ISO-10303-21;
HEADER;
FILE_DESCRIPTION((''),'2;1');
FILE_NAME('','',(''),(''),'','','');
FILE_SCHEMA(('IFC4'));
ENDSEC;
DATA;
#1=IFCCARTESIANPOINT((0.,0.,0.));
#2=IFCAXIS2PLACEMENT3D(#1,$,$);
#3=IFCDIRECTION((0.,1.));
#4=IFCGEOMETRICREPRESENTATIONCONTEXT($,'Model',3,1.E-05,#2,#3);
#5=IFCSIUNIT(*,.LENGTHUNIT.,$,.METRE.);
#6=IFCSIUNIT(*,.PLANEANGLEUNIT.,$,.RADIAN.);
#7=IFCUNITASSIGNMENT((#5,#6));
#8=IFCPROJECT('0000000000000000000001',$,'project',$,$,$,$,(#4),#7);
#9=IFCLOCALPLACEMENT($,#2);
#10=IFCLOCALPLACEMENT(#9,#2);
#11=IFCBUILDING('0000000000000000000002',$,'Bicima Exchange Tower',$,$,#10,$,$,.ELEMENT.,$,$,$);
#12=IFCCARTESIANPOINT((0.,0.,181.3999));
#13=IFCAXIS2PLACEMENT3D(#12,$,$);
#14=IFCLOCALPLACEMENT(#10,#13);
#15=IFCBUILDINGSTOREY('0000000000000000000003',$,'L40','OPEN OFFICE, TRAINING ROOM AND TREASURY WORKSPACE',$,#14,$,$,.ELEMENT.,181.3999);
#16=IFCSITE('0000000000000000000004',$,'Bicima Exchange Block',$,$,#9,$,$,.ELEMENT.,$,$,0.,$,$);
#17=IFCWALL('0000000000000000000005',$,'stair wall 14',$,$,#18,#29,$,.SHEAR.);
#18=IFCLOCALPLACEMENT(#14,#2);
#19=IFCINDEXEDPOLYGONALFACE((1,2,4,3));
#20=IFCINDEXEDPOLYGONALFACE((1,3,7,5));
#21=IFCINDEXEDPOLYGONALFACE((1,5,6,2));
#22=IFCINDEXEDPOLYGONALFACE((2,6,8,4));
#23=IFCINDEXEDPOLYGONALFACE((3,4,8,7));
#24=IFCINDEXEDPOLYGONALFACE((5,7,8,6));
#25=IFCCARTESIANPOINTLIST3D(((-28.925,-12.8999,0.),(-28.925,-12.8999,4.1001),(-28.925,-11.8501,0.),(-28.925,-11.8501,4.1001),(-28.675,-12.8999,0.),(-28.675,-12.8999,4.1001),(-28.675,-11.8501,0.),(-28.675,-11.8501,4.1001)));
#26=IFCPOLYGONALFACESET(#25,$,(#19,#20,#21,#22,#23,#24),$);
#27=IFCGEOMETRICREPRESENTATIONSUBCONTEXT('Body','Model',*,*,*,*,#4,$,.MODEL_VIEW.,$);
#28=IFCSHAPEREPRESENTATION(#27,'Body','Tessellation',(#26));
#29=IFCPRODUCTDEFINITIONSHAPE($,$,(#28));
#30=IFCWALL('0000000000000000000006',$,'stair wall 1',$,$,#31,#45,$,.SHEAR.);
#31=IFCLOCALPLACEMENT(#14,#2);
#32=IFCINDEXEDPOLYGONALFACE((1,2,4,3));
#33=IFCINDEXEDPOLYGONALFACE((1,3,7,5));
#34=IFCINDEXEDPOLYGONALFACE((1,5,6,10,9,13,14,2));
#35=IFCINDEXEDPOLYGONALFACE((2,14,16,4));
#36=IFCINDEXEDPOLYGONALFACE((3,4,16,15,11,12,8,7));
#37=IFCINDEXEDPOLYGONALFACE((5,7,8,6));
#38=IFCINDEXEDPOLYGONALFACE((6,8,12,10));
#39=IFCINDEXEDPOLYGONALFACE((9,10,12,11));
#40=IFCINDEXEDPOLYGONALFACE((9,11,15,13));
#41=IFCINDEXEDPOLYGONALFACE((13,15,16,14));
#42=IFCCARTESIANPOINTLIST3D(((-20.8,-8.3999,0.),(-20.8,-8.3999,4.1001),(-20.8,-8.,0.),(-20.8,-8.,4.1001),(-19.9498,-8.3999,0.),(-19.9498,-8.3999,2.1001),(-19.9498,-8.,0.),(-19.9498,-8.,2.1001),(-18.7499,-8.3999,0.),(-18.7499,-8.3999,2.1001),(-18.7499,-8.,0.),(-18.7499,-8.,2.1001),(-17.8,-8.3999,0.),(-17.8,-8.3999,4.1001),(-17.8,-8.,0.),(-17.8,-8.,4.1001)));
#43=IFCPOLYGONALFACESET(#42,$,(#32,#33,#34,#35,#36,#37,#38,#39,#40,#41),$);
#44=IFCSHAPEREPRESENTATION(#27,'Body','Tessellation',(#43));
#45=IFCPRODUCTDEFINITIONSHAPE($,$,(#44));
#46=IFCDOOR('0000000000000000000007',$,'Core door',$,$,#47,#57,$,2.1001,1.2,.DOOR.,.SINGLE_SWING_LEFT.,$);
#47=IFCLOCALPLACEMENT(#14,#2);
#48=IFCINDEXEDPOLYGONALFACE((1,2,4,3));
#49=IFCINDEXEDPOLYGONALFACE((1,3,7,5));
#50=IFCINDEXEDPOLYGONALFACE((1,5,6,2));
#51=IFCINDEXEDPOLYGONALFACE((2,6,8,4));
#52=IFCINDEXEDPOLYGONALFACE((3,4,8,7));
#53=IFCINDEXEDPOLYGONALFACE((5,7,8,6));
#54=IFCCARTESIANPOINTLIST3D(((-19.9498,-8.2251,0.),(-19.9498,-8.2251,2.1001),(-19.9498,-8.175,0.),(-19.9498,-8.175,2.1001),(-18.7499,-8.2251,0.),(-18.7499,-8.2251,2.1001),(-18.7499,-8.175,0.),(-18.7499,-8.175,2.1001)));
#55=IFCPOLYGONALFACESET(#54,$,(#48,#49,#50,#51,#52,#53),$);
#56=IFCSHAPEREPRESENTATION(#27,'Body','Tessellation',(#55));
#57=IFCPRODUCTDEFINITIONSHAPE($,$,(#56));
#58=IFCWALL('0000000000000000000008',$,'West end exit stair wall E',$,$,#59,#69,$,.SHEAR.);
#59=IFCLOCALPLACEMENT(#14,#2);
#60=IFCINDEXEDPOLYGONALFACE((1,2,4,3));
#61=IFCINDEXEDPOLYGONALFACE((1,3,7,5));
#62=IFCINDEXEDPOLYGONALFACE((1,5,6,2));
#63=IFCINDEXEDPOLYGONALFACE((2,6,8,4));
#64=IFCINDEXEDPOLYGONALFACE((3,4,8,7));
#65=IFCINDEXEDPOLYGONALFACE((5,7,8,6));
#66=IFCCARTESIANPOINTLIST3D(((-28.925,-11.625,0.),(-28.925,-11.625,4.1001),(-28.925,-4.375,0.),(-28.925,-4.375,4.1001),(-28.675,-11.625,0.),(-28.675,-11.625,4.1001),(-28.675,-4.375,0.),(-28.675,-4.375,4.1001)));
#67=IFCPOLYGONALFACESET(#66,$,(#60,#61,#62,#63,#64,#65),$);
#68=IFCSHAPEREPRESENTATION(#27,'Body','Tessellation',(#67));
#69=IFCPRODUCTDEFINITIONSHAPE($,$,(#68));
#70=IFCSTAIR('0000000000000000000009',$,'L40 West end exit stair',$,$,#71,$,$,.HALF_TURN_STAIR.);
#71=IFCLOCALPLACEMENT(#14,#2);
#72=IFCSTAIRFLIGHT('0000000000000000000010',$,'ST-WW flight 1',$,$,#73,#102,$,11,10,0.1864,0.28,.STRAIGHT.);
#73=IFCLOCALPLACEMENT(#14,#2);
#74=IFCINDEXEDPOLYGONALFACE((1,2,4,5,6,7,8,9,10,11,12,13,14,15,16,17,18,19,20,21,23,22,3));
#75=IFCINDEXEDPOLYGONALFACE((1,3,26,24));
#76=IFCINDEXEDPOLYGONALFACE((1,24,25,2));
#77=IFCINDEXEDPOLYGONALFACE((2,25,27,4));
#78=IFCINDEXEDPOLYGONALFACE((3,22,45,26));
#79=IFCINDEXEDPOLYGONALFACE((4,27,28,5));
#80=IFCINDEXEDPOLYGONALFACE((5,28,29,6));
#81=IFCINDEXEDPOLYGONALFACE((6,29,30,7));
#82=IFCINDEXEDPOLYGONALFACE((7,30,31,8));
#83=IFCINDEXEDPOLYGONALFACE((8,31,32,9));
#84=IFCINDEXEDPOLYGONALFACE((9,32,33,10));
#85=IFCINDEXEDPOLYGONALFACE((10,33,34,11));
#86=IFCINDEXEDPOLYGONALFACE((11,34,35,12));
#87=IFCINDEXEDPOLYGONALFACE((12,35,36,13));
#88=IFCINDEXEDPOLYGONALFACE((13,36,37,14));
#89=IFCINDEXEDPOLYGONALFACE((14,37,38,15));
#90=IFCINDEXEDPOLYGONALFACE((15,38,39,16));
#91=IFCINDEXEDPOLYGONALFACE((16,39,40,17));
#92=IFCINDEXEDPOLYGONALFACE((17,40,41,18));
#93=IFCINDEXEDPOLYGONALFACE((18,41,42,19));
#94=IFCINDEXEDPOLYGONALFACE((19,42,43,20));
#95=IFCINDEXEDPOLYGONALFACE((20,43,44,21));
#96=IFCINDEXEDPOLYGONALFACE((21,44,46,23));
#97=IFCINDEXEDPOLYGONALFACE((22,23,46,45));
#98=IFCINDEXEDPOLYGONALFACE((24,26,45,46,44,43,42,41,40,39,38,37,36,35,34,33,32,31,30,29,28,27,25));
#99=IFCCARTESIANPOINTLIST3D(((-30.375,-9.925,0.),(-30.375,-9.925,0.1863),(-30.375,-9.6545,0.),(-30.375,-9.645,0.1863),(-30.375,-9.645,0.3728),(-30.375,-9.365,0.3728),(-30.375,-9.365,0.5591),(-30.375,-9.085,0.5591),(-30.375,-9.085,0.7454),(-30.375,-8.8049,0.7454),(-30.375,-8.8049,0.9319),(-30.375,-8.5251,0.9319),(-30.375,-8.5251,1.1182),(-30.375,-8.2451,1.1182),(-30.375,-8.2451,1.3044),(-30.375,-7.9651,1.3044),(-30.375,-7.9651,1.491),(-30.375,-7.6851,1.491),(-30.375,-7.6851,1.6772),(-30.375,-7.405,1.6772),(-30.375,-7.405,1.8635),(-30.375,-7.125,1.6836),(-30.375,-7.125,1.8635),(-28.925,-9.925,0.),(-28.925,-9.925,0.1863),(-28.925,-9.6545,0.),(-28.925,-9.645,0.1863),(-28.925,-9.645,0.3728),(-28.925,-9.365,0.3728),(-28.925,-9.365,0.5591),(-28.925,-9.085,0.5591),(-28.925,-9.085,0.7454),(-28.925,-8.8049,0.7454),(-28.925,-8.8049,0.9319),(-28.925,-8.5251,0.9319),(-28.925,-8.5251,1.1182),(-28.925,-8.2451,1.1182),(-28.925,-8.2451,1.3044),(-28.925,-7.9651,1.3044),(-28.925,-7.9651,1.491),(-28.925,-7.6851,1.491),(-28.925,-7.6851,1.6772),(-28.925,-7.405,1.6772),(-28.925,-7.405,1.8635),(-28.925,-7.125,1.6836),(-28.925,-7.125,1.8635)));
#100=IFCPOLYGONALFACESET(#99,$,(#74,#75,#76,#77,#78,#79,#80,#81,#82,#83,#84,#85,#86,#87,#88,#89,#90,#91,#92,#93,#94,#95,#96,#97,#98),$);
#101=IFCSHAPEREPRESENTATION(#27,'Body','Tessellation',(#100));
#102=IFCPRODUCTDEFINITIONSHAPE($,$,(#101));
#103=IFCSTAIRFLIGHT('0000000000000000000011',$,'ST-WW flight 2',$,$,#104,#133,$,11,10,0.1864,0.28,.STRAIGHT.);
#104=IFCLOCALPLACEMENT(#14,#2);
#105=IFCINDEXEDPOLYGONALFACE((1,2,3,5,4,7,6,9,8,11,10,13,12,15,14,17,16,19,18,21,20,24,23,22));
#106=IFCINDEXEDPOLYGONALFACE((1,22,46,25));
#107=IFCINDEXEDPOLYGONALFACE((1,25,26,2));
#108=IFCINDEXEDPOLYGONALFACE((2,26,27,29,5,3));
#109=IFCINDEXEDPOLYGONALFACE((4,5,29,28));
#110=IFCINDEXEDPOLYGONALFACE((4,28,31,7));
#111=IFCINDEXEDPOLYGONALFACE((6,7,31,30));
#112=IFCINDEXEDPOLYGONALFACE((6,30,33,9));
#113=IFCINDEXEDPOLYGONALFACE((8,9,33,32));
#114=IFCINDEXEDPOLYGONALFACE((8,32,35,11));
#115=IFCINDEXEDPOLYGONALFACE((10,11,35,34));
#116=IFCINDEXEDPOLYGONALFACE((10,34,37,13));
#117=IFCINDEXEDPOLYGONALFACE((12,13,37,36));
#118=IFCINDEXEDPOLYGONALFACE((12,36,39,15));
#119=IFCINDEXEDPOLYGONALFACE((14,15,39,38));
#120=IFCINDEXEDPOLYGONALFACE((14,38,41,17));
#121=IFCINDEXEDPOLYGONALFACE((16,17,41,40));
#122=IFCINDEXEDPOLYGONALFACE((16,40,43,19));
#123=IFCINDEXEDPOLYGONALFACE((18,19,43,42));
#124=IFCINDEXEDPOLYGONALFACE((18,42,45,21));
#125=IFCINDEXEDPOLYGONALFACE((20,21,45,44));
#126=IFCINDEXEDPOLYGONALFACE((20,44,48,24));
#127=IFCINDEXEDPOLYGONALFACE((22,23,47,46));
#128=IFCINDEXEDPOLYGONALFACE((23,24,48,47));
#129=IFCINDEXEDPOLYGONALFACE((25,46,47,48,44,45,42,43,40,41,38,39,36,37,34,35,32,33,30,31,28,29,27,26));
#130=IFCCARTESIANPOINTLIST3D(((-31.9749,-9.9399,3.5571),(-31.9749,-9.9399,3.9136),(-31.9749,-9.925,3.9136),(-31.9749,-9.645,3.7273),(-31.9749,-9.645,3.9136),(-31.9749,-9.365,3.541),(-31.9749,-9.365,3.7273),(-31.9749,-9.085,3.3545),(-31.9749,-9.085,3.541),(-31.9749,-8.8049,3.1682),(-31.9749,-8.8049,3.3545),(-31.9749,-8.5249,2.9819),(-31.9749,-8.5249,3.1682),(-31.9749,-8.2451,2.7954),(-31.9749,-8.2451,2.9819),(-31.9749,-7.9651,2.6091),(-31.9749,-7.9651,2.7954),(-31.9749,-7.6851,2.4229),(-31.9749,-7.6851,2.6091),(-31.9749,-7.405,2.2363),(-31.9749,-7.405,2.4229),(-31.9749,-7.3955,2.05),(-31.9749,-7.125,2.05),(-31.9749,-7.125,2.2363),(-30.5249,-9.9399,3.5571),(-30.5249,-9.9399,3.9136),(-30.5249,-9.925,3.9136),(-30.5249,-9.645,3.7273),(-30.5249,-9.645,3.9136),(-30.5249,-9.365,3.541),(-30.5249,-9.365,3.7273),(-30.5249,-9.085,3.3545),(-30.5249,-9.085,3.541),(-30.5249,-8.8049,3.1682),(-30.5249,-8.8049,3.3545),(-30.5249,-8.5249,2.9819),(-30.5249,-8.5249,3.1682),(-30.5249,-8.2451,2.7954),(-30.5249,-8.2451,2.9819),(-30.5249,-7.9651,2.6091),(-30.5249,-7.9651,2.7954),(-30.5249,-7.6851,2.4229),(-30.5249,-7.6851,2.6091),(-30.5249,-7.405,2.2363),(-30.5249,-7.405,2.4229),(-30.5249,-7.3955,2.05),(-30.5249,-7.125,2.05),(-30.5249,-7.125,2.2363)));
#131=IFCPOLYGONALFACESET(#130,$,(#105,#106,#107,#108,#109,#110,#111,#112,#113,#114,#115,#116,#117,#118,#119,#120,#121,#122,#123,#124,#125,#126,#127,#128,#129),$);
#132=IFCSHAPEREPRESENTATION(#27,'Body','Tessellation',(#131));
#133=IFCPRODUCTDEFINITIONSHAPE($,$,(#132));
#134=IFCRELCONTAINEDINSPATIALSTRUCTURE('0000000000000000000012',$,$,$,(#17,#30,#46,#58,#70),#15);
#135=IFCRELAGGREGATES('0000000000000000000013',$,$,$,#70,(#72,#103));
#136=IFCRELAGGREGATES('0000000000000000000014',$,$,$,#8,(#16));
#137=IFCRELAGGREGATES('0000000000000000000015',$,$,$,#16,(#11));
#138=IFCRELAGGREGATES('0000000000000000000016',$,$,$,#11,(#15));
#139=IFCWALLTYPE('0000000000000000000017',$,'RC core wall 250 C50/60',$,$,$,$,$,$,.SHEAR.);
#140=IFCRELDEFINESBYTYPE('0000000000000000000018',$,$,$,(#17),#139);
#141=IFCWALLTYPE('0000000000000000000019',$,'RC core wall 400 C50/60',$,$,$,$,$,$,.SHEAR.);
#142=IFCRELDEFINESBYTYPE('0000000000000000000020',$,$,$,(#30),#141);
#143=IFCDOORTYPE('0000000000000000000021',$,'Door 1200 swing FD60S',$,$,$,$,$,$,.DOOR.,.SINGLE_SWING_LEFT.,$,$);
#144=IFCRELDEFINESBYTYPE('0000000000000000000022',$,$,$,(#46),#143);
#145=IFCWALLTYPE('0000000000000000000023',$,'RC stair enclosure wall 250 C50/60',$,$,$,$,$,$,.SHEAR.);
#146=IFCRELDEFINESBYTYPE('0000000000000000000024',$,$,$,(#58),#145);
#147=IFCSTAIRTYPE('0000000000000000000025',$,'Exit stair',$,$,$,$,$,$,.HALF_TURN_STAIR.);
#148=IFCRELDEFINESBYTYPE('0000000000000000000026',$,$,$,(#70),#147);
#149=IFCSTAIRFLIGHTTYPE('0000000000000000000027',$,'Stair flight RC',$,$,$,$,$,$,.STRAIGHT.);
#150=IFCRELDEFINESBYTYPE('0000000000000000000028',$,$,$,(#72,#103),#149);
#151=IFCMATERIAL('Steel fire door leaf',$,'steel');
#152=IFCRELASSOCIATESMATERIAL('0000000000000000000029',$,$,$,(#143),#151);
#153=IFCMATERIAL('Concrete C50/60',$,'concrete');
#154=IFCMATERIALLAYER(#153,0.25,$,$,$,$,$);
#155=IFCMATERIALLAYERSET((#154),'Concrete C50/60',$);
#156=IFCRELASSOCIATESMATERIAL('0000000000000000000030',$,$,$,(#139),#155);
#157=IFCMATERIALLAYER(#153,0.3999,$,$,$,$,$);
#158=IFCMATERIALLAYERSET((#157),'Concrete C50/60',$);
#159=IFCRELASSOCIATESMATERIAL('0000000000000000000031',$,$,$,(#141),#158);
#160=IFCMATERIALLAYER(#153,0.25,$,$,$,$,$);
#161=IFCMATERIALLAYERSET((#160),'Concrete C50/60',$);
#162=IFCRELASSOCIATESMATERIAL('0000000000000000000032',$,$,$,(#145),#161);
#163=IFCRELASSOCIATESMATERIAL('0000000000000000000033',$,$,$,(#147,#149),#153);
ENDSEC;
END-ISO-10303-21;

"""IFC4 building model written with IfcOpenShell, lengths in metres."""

from ifc_helpers import new_model, si_unit, direction, frame, frame_2d, origin, place, context, subcontext, project, spatial, polyline, rectangle, outline, extrude, material, layer, layer_set, type_object, element, fill, aggregate, save


model = new_model("IFC4")

# Units and contexts
model_context = context("Model", 3, precision=1e-05, world=origin(), true_north=direction((0.0, 1.0)))
body_context = subcontext(model_context, "Body", "Model", "MODEL_VIEW")
ifc_project = project(units=[si_unit("LENGTHUNIT", "METRE"), si_unit("PLANEANGLEUNIT", "RADIAN")], contexts=[model_context])

# Site, building, storey
site_placement = place(None, origin())
site = spatial("IfcSite", under=ifc_project, at=site_placement, Name="Bicima Exchange Block", CompositionType="ELEMENT", RefElevation=0.0)
building_placement = place(site_placement, origin())
building = spatial("IfcBuilding", under=site, at=building_placement, Name="Bicima Exchange Tower", CompositionType="ELEMENT")
storey_placement = place(building_placement, frame((0.0, 0.0, 181.3999)))
storey = spatial("IfcBuildingStorey", under=building, at=storey_placement, Name="L40", Description="OPEN OFFICE, TRAINING ROOM AND TREASURY WORKSPACE", CompositionType="ELEMENT", Elevation=181.3999)

# Shared definitions
ifc_material_1 = material(Name="Concrete C50/60", Category="concrete")
ifc_material_2 = material(Name="Steel fire door leaf", Category="steel")
door_type_1 = type_object("IfcDoorType", Name="Door 1200 swing FD60S", OperationType="SINGLE_SWING_LEFT", PredefinedType="DOOR", material=ifc_material_2)

# Wall
ifc_layer_1 = layer(ifc_material_1, 0.25)
ifc_layer_set_1 = layer_set([ifc_layer_1], Name="Concrete C50/60")
wall_type_1 = type_object("IfcWallType", Name="RC core wall 250 C50/60", PredefinedType="SHEAR", material=ifc_layer_set_1)
wall_1_placement = place(storey_placement, frame((-28.8, -12.8999, 0.0), z_axis=(0.0, 0.0, 1.0), x_axis=(0.0, 1.0, 0.0)))
element("IfcWall", 1, at=wall_1_placement, inside=storey, type_object=wall_type_1, Name="stair wall 14", PredefinedType="SHEAR", context=body_context, shape_type="SweptSolid", body=[
    extrude(rectangle(XDim=1.0498, YDim=0.25, at=frame_2d((0.5249, 0.0))), origin(), (0.0, 0.0, 1.0), 4.1001),
])

# Wall, opening, door
ifc_layer_2 = layer(ifc_material_1, 0.3999)
ifc_layer_set_2 = layer_set([ifc_layer_2], Name="Concrete C50/60")
wall_type_2 = type_object("IfcWallType", Name="RC core wall 400 C50/60", PredefinedType="SHEAR", material=ifc_layer_set_2)
wall_2_placement = place(storey_placement, frame((-20.8, -8.2, 0.0), z_axis=(0.0, 0.0, 1.0), x_axis=(1.0, 0.0, 0.0)))
wall_2 = element("IfcWall", 2, at=wall_2_placement, inside=storey, type_object=wall_type_2, Name="stair wall 1", PredefinedType="SHEAR", context=body_context, shape_type="SweptSolid", body=[
    extrude(rectangle(XDim=3.0, YDim=0.3999, at=frame_2d((1.5, 0.0))), origin(), (0.0, 0.0, 1.0), 4.1001),
])
opening_1_placement = place(wall_2_placement, frame((0.8501, 0.0, 0.0)))
opening_1 = element("IfcOpeningElement", 3, at=opening_1_placement, cuts=wall_2, PredefinedType="OPENING", context=body_context, shape_type="SweptSolid", body=[
    extrude(rectangle(XDim=1.2, YDim=2.1001, at=frame_2d((0.6001, 1.05))), frame((0.0, 0.2119, 0.0), z_axis=(0.0, -1.0, 0.0), x_axis=(1.0, 0.0, 0.0)), (0.0, 0.0, 1.0), 0.4238),
])
door_1_placement = place(opening_1_placement, origin())
door_1 = element("IfcDoor", 4, at=door_1_placement, inside=storey, type_object=door_type_1, Name="Core door", OperationType="SINGLE_SWING_LEFT", OverallHeight=2.1001, OverallWidth=1.2, PredefinedType="DOOR", context=body_context, shape_type="SweptSolid", body=[
    extrude(rectangle(XDim=1.2, YDim=2.1001, at=frame_2d((0.6001, 1.05))), frame((0.0, 0.0249, 0.0), z_axis=(0.0, -1.0, 0.0), x_axis=(1.0, 0.0, 0.0)), (0.0, 0.0, 1.0), 0.05),
])
fill(opening_1, door_1)

# Wall
ifc_layer_3 = layer(ifc_material_1, 0.25)
ifc_layer_set_3 = layer_set([ifc_layer_3], Name="Concrete C50/60")
wall_type_3 = type_object("IfcWallType", Name="RC stair enclosure wall 250 C50/60", PredefinedType="SHEAR", material=ifc_layer_set_3)
wall_3_placement = place(storey_placement, frame((-28.8, -11.625, 0.0), z_axis=(0.0, 0.0, 1.0), x_axis=(0.0, 1.0, 0.0)))
element("IfcWall", 5, at=wall_3_placement, inside=storey, type_object=wall_type_3, Name="West end exit stair wall E", PredefinedType="SHEAR", context=body_context, shape_type="SweptSolid", body=[
    extrude(rectangle(XDim=7.25, YDim=0.25, at=frame_2d((3.625, 0.0))), origin(), (0.0, 0.0, 1.0), 4.1001),
])

# Stair, stair flights
stair_type = type_object("IfcStairType", Name="Exit stair", PredefinedType="HALF_TURN_STAIR", material=ifc_material_1)
stair_placement = place(storey_placement, origin())
stair = element("IfcStair", 6, at=stair_placement, inside=storey, type_object=stair_type, Name="L40 West end exit stair", PredefinedType="HALF_TURN_STAIR")
stair_flight_type = type_object("IfcStairFlightType", Name="Stair flight RC", PredefinedType="STRAIGHT", material=ifc_material_1)
stair_flight_1_placement = place(storey_placement, frame((-29.6499, -9.925, 0.0), z_axis=(0.0, 0.0, 1.0), x_axis=(0.0, 1.0, 0.0)))
stair_flight_1 = element("IfcStairFlight", 7, at=stair_flight_1_placement, type_object=stair_flight_type, Name="ST-WW flight 1", NumberOfRisers=11, NumberOfTreads=10, PredefinedType="STRAIGHT", RiserHeight=0.1864, TreadLength=0.28, context=body_context, shape_type="SweptSolid", body=[
    extrude(outline(polyline([(0.0, 0.0), (0.0, 0.1863), (0.28, 0.1863), (0.28, 0.3728), (0.5601, 0.3728), (0.5601, 0.5591), (0.8401, 0.5591), (0.8401, 0.7454), (1.1201, 0.7454), (1.1201, 0.9319), (1.3999, 0.9319), (1.3999, 1.1182), (1.6799, 1.1182), (1.6799, 1.3044), (1.96, 1.3044), (1.96, 1.491), (2.24, 1.491), (2.24, 1.6772), (2.52, 1.6772), (2.52, 1.8635), (2.8, 1.8635), (2.8, 2.05), (2.8, 1.6836), (0.2705, 0.0), (0.0, 0.0)])), frame((0.0, 0.7251, 0.0), z_axis=(0.0, -1.0, 0.0), x_axis=(1.0, 0.0, 0.0)), (0.0, 0.0, 1.0), 1.45),
])
stair_flight_2_placement = place(storey_placement, frame((-31.25, -7.125, 2.05), z_axis=(0.0, 0.0, 1.0), x_axis=(0.0, -1.0, 0.0)))
stair_flight_2 = element("IfcStairFlight", 8, at=stair_flight_2_placement, type_object=stair_flight_type, Name="ST-WW flight 2", NumberOfRisers=11, NumberOfTreads=10, PredefinedType="STRAIGHT", RiserHeight=0.1864, TreadLength=0.28, context=body_context, shape_type="SweptSolid", body=[
    extrude(outline(polyline([(0.0, 0.0), (0.0, 0.1863), (0.28, 0.1863), (0.28, 0.3728), (0.5601, 0.3728), (0.5601, 0.5591), (0.8401, 0.5591), (0.8401, 0.7454), (1.1201, 0.7454), (1.1201, 0.9319), (1.3999, 0.9319), (1.3999, 1.1182), (1.6799, 1.1182), (1.6799, 1.3044), (1.96, 1.3044), (1.96, 1.491), (2.24, 1.491), (2.24, 1.6772), (2.52, 1.6772), (2.52, 1.8635), (2.8, 1.8635), (2.8149, 1.8635), (2.8149, 1.5071), (0.2705, 0.0), (0.0, 0.0)])), frame((0.0, 0.7251, 0.0), z_axis=(0.0, -1.0, 0.0), x_axis=(1.0, 0.0, 0.0)), (0.0, 0.0, 1.0), 1.45),
])
aggregate(stair, [stair_flight_1, stair_flight_2])

save(model, "model.ifc")
